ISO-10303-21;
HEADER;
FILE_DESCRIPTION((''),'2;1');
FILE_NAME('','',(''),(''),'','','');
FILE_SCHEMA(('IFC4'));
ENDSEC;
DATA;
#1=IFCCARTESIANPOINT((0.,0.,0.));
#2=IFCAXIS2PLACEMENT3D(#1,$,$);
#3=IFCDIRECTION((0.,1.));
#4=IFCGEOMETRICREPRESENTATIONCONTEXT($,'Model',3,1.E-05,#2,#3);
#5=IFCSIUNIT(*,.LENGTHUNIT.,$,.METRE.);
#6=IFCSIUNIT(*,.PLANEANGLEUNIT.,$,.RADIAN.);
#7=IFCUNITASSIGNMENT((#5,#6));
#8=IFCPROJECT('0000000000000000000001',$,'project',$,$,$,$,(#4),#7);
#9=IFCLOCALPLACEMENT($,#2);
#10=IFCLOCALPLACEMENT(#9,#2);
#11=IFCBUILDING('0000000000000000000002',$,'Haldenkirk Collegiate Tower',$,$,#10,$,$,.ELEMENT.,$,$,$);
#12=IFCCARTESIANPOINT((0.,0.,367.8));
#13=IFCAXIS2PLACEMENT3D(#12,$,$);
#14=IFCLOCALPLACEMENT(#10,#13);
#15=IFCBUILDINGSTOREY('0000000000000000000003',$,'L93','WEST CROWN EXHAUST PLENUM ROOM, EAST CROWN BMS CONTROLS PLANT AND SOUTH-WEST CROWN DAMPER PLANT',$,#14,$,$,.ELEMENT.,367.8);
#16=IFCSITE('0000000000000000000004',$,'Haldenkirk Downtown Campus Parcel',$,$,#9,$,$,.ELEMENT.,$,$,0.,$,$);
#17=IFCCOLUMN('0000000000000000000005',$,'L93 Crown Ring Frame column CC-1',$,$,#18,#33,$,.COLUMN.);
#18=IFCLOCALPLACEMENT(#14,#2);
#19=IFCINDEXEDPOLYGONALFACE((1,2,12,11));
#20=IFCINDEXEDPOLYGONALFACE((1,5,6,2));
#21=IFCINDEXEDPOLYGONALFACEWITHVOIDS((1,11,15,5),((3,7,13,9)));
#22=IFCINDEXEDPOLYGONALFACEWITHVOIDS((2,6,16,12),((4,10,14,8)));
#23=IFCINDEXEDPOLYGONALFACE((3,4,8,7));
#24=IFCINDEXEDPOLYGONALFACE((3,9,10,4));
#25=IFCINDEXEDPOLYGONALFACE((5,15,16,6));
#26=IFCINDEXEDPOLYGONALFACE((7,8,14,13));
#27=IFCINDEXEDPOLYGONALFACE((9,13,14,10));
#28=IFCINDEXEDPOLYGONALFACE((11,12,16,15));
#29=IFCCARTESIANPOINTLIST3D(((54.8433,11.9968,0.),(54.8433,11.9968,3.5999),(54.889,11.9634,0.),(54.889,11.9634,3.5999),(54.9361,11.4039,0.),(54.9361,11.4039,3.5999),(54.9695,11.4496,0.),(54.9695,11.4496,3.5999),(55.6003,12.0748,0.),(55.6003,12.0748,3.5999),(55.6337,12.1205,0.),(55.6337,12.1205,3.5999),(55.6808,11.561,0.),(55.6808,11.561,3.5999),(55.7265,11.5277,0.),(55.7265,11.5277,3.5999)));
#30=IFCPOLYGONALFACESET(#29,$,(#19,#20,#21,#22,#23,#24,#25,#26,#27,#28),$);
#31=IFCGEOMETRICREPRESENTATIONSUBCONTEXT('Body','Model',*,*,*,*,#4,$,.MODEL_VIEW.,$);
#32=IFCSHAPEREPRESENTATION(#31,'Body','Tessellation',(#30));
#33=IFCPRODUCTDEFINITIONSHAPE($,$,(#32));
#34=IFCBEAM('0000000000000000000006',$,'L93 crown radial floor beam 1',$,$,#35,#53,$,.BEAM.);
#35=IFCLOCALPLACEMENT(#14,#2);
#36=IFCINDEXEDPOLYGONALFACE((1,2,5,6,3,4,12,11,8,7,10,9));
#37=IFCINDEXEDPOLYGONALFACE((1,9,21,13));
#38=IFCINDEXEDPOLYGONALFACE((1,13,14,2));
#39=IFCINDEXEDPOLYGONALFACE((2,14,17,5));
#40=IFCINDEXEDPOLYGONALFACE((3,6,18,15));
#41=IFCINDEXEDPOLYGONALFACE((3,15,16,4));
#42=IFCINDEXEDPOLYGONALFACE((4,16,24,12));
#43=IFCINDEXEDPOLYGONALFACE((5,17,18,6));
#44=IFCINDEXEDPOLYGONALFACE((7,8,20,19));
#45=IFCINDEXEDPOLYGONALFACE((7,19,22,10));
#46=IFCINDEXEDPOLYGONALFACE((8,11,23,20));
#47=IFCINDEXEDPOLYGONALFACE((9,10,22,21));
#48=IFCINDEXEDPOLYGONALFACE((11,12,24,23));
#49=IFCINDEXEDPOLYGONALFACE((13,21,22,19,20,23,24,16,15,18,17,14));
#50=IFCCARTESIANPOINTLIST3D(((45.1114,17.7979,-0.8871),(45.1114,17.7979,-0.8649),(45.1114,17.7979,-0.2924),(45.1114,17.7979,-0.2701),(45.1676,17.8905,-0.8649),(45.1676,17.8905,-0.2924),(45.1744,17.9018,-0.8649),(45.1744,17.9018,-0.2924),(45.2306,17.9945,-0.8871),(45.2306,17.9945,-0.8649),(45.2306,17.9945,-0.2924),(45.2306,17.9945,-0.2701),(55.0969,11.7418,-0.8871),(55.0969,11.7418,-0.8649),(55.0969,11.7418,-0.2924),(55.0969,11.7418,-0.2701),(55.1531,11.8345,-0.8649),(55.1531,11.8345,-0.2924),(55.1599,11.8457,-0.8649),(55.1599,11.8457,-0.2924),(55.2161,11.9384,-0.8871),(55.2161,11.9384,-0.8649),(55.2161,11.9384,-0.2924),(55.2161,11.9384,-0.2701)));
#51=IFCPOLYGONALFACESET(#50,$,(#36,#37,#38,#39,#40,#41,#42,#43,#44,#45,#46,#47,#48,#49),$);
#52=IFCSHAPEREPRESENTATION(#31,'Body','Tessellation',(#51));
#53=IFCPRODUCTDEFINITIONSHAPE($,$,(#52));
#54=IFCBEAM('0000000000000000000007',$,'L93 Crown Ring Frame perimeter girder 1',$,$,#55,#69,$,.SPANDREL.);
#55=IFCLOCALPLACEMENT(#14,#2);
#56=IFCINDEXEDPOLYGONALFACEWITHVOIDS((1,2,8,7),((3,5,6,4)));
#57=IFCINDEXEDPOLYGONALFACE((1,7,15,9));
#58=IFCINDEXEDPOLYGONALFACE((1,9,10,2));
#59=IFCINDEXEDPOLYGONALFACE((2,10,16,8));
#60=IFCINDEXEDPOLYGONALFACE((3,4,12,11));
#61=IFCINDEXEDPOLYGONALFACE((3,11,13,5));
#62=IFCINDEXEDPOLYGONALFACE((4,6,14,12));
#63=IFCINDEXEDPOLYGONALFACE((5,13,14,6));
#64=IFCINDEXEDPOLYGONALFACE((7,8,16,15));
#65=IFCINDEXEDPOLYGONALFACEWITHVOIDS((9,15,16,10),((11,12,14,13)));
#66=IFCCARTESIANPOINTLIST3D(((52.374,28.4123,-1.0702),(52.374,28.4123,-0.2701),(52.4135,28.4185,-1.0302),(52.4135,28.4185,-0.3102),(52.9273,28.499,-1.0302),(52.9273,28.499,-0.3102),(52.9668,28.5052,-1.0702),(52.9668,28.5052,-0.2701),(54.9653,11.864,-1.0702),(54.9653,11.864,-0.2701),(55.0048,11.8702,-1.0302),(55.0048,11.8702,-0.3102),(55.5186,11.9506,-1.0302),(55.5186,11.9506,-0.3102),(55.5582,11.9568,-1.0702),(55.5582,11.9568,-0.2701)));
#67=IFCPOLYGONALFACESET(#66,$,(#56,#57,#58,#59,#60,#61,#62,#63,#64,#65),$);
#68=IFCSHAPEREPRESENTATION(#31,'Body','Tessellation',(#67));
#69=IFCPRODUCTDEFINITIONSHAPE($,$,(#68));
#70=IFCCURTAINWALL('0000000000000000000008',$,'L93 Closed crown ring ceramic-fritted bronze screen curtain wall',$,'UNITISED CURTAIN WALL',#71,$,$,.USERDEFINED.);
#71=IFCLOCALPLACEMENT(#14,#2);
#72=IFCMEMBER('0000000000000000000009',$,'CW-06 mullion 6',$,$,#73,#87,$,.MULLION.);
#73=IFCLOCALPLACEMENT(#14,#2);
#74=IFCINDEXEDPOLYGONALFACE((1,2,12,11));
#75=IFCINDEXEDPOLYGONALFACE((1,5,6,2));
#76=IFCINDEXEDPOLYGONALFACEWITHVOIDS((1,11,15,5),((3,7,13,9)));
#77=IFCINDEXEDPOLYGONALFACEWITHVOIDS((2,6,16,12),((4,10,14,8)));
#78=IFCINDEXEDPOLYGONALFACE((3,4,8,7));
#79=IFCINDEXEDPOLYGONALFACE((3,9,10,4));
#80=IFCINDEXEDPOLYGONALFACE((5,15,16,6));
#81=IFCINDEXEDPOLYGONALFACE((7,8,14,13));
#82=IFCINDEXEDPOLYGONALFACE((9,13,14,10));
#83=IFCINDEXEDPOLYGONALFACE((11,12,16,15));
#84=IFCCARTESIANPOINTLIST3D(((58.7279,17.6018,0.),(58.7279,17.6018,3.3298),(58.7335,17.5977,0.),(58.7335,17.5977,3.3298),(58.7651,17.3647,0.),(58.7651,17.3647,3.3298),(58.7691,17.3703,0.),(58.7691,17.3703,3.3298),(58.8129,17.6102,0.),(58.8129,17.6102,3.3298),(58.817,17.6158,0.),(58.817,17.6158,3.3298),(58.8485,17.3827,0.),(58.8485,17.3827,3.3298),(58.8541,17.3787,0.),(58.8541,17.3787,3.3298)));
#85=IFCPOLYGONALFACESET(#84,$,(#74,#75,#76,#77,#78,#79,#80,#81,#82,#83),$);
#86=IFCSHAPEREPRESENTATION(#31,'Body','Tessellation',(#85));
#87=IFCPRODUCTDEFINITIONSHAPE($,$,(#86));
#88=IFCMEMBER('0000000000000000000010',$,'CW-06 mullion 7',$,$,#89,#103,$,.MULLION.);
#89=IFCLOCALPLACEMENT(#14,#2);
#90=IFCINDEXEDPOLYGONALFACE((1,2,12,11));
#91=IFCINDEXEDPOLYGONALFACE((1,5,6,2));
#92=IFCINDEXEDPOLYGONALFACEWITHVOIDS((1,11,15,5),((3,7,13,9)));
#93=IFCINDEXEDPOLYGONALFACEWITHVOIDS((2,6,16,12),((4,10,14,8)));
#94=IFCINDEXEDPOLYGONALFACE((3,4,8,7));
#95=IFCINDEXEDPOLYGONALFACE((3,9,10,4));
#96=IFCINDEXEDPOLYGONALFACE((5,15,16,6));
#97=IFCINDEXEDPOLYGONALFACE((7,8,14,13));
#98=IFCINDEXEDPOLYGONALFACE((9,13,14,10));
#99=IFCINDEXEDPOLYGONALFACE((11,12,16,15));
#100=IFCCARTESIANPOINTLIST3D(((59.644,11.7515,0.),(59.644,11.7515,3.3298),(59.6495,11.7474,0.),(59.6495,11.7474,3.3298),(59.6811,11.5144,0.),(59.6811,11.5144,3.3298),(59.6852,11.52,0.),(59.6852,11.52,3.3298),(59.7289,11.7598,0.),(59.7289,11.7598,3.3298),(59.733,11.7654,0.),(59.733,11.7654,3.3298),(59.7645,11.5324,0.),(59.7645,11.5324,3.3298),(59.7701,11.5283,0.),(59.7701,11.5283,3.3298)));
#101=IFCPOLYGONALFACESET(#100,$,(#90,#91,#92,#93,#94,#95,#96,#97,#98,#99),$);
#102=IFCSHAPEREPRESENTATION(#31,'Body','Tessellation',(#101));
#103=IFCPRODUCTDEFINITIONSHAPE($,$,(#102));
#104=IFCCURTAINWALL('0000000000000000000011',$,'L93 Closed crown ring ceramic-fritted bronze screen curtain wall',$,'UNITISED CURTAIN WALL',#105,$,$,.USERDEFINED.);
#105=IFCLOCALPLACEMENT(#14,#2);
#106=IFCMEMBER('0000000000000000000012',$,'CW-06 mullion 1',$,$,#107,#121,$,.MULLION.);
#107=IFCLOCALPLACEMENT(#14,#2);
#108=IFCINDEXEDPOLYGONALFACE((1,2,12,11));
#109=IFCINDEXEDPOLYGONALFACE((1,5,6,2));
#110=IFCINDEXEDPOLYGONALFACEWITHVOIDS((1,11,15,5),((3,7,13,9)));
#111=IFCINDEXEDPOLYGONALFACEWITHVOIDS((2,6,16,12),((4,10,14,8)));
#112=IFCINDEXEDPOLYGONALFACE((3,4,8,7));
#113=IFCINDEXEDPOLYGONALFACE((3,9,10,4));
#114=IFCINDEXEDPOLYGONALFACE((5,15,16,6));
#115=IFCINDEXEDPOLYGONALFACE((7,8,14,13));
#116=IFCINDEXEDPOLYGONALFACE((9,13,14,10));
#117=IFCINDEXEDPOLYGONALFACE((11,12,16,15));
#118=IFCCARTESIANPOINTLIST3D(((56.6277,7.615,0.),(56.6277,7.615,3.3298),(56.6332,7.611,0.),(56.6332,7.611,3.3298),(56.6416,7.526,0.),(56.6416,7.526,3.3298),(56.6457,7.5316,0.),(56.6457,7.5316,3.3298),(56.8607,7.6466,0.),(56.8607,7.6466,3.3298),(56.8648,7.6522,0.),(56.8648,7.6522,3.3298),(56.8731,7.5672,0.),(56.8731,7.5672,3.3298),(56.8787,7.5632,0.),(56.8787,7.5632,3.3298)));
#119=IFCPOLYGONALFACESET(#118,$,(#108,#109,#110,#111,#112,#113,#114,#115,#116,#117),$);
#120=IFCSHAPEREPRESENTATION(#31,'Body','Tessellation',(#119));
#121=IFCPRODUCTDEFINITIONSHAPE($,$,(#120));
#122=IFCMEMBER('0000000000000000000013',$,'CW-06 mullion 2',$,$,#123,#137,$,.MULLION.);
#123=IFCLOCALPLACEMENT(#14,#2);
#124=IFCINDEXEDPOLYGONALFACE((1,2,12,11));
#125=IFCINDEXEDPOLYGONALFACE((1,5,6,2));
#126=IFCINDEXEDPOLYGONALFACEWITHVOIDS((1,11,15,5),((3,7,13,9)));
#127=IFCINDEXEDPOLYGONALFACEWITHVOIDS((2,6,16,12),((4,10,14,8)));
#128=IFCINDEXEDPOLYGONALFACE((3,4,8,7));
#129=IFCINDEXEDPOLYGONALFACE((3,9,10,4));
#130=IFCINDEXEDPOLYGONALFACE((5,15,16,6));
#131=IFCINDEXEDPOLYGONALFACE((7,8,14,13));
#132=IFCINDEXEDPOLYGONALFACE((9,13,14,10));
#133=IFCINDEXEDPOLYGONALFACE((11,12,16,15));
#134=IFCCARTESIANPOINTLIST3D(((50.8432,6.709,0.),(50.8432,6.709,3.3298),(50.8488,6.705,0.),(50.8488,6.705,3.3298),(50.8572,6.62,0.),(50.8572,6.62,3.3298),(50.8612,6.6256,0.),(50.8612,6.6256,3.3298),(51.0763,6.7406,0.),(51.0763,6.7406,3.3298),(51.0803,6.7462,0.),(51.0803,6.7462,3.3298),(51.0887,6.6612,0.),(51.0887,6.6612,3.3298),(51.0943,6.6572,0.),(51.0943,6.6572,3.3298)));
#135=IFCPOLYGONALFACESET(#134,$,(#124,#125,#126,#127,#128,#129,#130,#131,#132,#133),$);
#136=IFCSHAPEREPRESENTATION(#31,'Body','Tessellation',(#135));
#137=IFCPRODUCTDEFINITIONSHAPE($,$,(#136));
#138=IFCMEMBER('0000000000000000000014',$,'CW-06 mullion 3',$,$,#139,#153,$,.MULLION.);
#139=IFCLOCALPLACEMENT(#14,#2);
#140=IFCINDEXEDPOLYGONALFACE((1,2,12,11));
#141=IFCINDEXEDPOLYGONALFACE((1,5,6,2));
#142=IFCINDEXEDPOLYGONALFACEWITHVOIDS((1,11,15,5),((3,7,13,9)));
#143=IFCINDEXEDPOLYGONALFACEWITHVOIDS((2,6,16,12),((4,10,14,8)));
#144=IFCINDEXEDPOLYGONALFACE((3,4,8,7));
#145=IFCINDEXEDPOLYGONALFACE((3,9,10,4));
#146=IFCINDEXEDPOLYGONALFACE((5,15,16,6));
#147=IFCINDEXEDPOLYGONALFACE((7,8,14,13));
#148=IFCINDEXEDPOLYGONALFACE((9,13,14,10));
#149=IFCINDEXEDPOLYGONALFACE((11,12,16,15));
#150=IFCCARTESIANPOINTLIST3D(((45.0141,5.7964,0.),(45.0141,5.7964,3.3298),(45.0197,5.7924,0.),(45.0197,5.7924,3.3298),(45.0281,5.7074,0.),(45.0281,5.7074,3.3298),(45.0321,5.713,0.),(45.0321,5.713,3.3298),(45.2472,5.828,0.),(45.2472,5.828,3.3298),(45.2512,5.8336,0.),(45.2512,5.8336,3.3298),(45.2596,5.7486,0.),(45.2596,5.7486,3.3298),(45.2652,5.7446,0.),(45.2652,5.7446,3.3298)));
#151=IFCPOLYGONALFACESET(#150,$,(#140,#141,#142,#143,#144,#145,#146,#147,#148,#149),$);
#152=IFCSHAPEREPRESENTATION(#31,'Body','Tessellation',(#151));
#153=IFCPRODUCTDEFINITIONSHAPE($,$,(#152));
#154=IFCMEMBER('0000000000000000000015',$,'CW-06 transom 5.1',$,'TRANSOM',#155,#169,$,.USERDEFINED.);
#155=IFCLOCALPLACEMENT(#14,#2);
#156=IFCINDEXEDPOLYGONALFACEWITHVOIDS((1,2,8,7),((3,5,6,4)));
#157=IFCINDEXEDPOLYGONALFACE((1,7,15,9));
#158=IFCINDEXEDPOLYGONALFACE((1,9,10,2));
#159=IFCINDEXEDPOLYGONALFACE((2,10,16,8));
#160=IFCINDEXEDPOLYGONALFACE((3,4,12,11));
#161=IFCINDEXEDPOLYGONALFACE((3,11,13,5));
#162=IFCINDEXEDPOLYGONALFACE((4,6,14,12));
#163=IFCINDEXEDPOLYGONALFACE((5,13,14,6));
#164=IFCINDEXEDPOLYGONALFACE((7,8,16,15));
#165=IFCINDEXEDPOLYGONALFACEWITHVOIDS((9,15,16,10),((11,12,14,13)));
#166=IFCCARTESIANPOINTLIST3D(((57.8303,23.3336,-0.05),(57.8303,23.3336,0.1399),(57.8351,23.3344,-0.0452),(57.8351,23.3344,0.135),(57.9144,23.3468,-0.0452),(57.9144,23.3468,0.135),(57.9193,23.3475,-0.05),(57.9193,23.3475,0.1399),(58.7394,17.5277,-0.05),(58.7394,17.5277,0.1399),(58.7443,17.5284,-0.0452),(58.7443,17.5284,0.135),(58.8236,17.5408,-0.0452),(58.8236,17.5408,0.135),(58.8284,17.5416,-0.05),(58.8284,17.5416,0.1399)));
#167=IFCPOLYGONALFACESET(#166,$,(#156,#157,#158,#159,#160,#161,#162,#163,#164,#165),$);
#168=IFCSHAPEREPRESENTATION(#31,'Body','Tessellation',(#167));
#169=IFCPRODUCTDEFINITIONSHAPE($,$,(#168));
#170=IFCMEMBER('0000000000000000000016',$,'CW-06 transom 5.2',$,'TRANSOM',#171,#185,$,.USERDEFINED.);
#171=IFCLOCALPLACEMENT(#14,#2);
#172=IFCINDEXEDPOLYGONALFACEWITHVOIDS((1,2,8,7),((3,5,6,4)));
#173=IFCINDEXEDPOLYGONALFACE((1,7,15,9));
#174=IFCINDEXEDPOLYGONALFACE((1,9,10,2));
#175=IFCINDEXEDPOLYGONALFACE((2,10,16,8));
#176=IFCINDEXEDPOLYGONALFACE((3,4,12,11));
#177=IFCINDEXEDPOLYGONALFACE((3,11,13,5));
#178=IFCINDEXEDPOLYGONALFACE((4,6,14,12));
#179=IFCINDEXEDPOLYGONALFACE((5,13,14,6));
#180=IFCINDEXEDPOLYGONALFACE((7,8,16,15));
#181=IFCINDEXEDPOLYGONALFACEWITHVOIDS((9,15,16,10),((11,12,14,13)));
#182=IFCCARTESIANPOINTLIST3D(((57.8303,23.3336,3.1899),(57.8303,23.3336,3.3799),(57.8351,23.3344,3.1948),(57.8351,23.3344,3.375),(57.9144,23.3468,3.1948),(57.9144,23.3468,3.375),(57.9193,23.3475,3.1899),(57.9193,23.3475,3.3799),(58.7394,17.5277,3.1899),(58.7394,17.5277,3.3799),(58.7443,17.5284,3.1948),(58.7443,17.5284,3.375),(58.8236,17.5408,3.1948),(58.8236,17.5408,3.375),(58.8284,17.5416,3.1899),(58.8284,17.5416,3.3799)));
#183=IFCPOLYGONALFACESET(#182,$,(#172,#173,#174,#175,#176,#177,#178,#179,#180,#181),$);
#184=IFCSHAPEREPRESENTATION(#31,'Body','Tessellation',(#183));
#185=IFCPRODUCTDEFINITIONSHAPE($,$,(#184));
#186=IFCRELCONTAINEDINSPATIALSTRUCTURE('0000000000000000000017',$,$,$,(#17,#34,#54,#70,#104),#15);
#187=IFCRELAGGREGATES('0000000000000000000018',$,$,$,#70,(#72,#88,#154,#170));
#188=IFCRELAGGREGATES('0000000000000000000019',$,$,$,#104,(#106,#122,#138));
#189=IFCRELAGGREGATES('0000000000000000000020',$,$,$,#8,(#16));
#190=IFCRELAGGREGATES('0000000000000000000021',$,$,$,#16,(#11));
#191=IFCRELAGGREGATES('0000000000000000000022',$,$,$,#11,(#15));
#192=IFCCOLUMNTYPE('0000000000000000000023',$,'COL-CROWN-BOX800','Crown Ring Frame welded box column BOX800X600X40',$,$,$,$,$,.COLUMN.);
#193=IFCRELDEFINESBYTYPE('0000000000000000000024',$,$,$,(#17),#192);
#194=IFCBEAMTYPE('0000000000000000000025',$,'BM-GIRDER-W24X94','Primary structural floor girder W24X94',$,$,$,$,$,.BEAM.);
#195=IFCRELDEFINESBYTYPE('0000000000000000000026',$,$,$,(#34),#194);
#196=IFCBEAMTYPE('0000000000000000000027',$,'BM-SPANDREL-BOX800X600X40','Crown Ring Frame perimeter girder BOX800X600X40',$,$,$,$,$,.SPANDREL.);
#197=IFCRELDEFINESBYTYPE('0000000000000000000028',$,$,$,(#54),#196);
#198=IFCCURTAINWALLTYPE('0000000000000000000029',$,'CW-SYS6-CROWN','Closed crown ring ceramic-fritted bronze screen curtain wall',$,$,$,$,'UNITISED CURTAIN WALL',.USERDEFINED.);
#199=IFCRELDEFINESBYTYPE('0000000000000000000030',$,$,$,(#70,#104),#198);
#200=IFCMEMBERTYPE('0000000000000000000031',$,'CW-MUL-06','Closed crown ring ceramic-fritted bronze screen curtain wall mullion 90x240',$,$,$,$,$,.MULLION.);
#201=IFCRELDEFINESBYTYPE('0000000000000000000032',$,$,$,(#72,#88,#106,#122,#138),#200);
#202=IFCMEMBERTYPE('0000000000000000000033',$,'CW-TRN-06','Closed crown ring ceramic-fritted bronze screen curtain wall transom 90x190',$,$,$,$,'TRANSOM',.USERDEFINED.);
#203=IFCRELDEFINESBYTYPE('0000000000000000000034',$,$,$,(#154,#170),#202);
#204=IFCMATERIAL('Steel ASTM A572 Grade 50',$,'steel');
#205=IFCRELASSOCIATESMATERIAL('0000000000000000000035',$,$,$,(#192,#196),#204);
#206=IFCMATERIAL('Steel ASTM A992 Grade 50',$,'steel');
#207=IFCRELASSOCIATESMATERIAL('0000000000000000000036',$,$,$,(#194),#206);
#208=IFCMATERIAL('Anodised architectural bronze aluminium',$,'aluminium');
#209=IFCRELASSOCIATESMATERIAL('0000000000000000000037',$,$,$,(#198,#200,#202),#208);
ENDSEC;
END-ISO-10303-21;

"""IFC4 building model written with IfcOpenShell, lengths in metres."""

from ifc_helpers import new_model, si_unit, direction, frame, origin, origin_2d, place, context, subcontext, project, spatial, hollow_rectangle, i_section, extrude, material, material_profile, profile_set, type_object, element, aggregate, save


model = new_model("IFC4")

# Units and contexts
model_context = context("Model", 3, precision=1e-05, world=origin(), true_north=direction((0.0, 1.0)))
body_context = subcontext(model_context, "Body", "Model", "MODEL_VIEW")
ifc_project = project(units=[si_unit("LENGTHUNIT", "METRE"), si_unit("PLANEANGLEUNIT", "RADIAN")], contexts=[model_context])

# Site, building, storey
site_placement = place(None, origin())
site = spatial("IfcSite", under=ifc_project, at=site_placement, Name="Haldenkirk Downtown Campus Parcel", CompositionType="ELEMENT", RefElevation=0.0)
building_placement = place(site_placement, origin())
building = spatial("IfcBuilding", under=site, at=building_placement, Name="Haldenkirk Collegiate Tower", CompositionType="ELEMENT")
storey_placement = place(building_placement, frame((0.0, 0.0, 367.8)))
storey = spatial("IfcBuildingStorey", under=building, at=storey_placement, Name="L93", Description="WEST CROWN EXHAUST PLENUM ROOM, EAST CROWN BMS CONTROLS PLANT AND SOUTH-WEST CROWN DAMPER PLANT", CompositionType="ELEMENT", Elevation=367.8)

# Column
ifc_material_1 = material(Name="Steel ASTM A572 Grade 50", Category="steel")
ifc_material_profile_1 = material_profile(ifc_material_1, hollow_rectangle(XDim=0.6001, YDim=0.8, WallThickness=0.04, at=origin_2d()), Name="BOX800X600X40")
ifc_profile_set_1 = profile_set([ifc_material_profile_1], Name="Steel ASTM A572 Grade 50")
column_type = type_object("IfcColumnType", Name="COL-CROWN-BOX800", Description="Crown Ring Frame welded box column BOX800X600X40", PredefinedType="COLUMN", material=ifc_profile_set_1)
column_placement = place(storey_placement, frame((55.2849, 11.7622, 0.0), z_axis=(0.0, 0.0, 1.0), x_axis=(-0.15471, 0.98796, 0.0)))
element("IfcColumn", 1, at=column_placement, inside=storey, type_object=column_type, Name="L93 Crown Ring Frame column CC-1", PredefinedType="COLUMN", context=body_context, shape_type="SweptSolid", body=[
    extrude(hollow_rectangle(XDim=0.6001, YDim=0.8, WallThickness=0.04, at=origin_2d()), origin(), (0.0, 0.0, 1.0), 3.5999),
])

# Beams
ifc_material_2 = material(Name="Steel ASTM A992 Grade 50", Category="steel")
ifc_material_profile_2 = material_profile(ifc_material_2, i_section(OverallWidth=0.23, OverallDepth=0.6169, WebThickness=0.0132, FlangeThickness=0.0222, at=origin_2d()), Name="W24X94")
ifc_profile_set_2 = profile_set([ifc_material_profile_2], Name="Steel ASTM A992 Grade 50")
beam_type_1 = type_object("IfcBeamType", Name="BM-GIRDER-W24X94", Description="Primary structural floor girder W24X94", PredefinedType="BEAM", material=ifc_profile_set_2)
beam_1_placement = place(storey_placement, frame((55.1565, 11.8401, -0.5786), z_axis=(-0.855035, 0.518569, 0.0), x_axis=(-0.518569, -0.855035, 0.0)))
element("IfcBeam", 2, at=beam_1_placement, inside=storey, type_object=beam_type_1, Name="L93 crown radial floor beam 1", PredefinedType="BEAM", context=body_context, shape_type="SweptSolid", body=[
    extrude(i_section(OverallWidth=0.23, OverallDepth=0.6169, WebThickness=0.0132, FlangeThickness=0.0222, at=origin_2d()), origin(), (0.0, 0.0, 1.0), 11.6785),
])
ifc_material_profile_3 = material_profile(ifc_material_1, hollow_rectangle(XDim=0.6001, YDim=0.8, WallThickness=0.04, at=origin_2d()), Name="BOX800X600X40")
ifc_profile_set_3 = profile_set([ifc_material_profile_3], Name="Steel ASTM A572 Grade 50")
beam_type_2 = type_object("IfcBeamType", Name="BM-SPANDREL-BOX800X600X40", Description="Crown Ring Frame perimeter girder BOX800X600X40", PredefinedType="SPANDREL", material=ifc_profile_set_3)
beam_2_placement = place(storey_placement, frame((55.2617, 11.9104, -0.6702), z_axis=(-0.154705, 0.987961, 0.0), x_axis=(-0.987961, -0.154705, 0.0)))
element("IfcBeam", 3, at=beam_2_placement, inside=storey, type_object=beam_type_2, Name="L93 Crown Ring Frame perimeter girder 1", PredefinedType="SPANDREL", context=body_context, shape_type="SweptSolid", body=[
    extrude(hollow_rectangle(XDim=0.6001, YDim=0.8, WallThickness=0.04, at=origin_2d()), origin(), (0.0, 0.0, 1.0), 16.75),
])

# Curtain walls, members
ifc_material_3 = material(Name="Anodised architectural bronze aluminium", Category="aluminium")
curtain_wall_type = type_object("IfcCurtainWallType", Name="CW-SYS6-CROWN", Description="Closed crown ring ceramic-fritted bronze screen curtain wall", ElementType="UNITISED CURTAIN WALL", PredefinedType="USERDEFINED", material=ifc_material_3)
curtain_wall_1_placement = place(storey_placement, origin())
curtain_wall_1 = element("IfcCurtainWall", 4, at=curtain_wall_1_placement, inside=storey, type_object=curtain_wall_type, Name="L93 Closed crown ring ceramic-fritted bronze screen curtain wall", ObjectType="UNITISED CURTAIN WALL", PredefinedType="USERDEFINED")
ifc_material_profile_4 = material_profile(ifc_material_3, hollow_rectangle(XDim=0.0901, YDim=0.24, WallThickness=0.0049, at=origin_2d()), Name="CW-MUL-06")
ifc_profile_set_4 = profile_set([ifc_material_profile_4], Name="Anodised architectural bronze aluminium")
member_type_1 = type_object("IfcMemberType", Name="CW-MUL-06", Description="Closed crown ring ceramic-fritted bronze screen curtain wall mullion 90x240", PredefinedType="MULLION", material=ifc_profile_set_4)
member_1_placement = place(storey_placement, frame((58.791, 17.4902, 0.0), z_axis=(0.0, 0.0, 1.0), x_axis=(0.98796, 0.154713, 0.0)))
member_1 = element("IfcMember", 5, at=member_1_placement, type_object=member_type_1, Name="CW-06 mullion 6", PredefinedType="MULLION", context=body_context, shape_type="SweptSolid", body=[
    extrude(hollow_rectangle(XDim=0.0901, YDim=0.24, WallThickness=0.0049, at=origin_2d()), origin(), (0.0, 0.0, 1.0), 3.3298),
])
member_2_placement = place(storey_placement, frame((59.707, 11.6399, 0.0), z_axis=(0.0, 0.0, 1.0), x_axis=(0.98796, 0.154713, 0.0)))
member_2 = element("IfcMember", 6, at=member_2_placement, type_object=member_type_1, Name="CW-06 mullion 7", PredefinedType="MULLION", context=body_context, shape_type="SweptSolid", body=[
    extrude(hollow_rectangle(XDim=0.0901, YDim=0.24, WallThickness=0.0049, at=origin_2d()), origin(), (0.0, 0.0, 1.0), 3.3298),
])
curtain_wall_2_placement = place(storey_placement, origin())
curtain_wall_2 = element("IfcCurtainWall", 7, at=curtain_wall_2_placement, inside=storey, type_object=curtain_wall_type, Name="L93 Closed crown ring ceramic-fritted bronze screen curtain wall", ObjectType="UNITISED CURTAIN WALL", PredefinedType="USERDEFINED")
member_3_placement = place(storey_placement, frame((56.7532, 7.5891, 0.0), z_axis=(0.0, 0.0, 1.0), x_axis=(0.154709, -0.98796, 0.0)))
member_3 = element("IfcMember", 8, at=member_3_placement, type_object=member_type_1, Name="CW-06 mullion 1", PredefinedType="MULLION", context=body_context, shape_type="SweptSolid", body=[
    extrude(hollow_rectangle(XDim=0.0901, YDim=0.24, WallThickness=0.0049, at=origin_2d()), origin(), (0.0, 0.0, 1.0), 3.3298),
])
member_4_placement = place(storey_placement, frame((50.9688, 6.6831, 0.0), z_axis=(0.0, 0.0, 1.0), x_axis=(0.154709, -0.98796, 0.0)))
member_4 = element("IfcMember", 9, at=member_4_placement, type_object=member_type_1, Name="CW-06 mullion 2", PredefinedType="MULLION", context=body_context, shape_type="SweptSolid", body=[
    extrude(hollow_rectangle(XDim=0.0901, YDim=0.24, WallThickness=0.0049, at=origin_2d()), origin(), (0.0, 0.0, 1.0), 3.3298),
])
member_5_placement = place(storey_placement, frame((45.1396, 5.7705, 0.0), z_axis=(0.0, 0.0, 1.0), x_axis=(0.154709, -0.98796, 0.0)))
member_5 = element("IfcMember", 10, at=member_5_placement, type_object=member_type_1, Name="CW-06 mullion 3", PredefinedType="MULLION", context=body_context, shape_type="SweptSolid", body=[
    extrude(hollow_rectangle(XDim=0.0901, YDim=0.24, WallThickness=0.0049, at=origin_2d()), origin(), (0.0, 0.0, 1.0), 3.3298),
])

# Members
ifc_material_profile_5 = material_profile(ifc_material_3, hollow_rectangle(XDim=0.0901, YDim=0.1899, WallThickness=0.0049, at=origin_2d()), Name="CW-TRN-06")
ifc_profile_set_5 = profile_set([ifc_material_profile_5], Name="Anodised architectural bronze aluminium")
member_type_2 = type_object("IfcMemberType", Name="CW-TRN-06", Description="Closed crown ring ceramic-fritted bronze screen curtain wall transom 90x190", ElementType="TRANSOM", PredefinedType="USERDEFINED", material=ifc_profile_set_5)
member_6_placement = place(storey_placement, frame((57.8748, 23.3406, 0.0449), z_axis=(0.15471, -0.98796, 0.0), x_axis=(0.98796, 0.15471, 0.0)))
member_6 = element("IfcMember", 11, at=member_6_placement, type_object=member_type_2, Name="CW-06 transom 5.1", ObjectType="TRANSOM", PredefinedType="USERDEFINED", context=body_context, shape_type="SweptSolid", body=[
    extrude(hollow_rectangle(XDim=0.0901, YDim=0.1899, WallThickness=0.0049, at=origin_2d()), origin(), (0.0, 0.0, 1.0), 5.8767),
])
member_7_placement = place(storey_placement, frame((57.8748, 23.3406, 3.2849), z_axis=(0.15471, -0.98796, 0.0), x_axis=(0.98796, 0.15471, 0.0)))
member_7 = element("IfcMember", 12, at=member_7_placement, type_object=member_type_2, Name="CW-06 transom 5.2", ObjectType="TRANSOM", PredefinedType="USERDEFINED", context=body_context, shape_type="SweptSolid", body=[
    extrude(hollow_rectangle(XDim=0.0901, YDim=0.1899, WallThickness=0.0049, at=origin_2d()), origin(), (0.0, 0.0, 1.0), 5.8767),
])

aggregate(curtain_wall_1, [member_1, member_2, member_6, member_7])
aggregate(curtain_wall_2, [member_3, member_4, member_5])

save(model, "model.ifc")
